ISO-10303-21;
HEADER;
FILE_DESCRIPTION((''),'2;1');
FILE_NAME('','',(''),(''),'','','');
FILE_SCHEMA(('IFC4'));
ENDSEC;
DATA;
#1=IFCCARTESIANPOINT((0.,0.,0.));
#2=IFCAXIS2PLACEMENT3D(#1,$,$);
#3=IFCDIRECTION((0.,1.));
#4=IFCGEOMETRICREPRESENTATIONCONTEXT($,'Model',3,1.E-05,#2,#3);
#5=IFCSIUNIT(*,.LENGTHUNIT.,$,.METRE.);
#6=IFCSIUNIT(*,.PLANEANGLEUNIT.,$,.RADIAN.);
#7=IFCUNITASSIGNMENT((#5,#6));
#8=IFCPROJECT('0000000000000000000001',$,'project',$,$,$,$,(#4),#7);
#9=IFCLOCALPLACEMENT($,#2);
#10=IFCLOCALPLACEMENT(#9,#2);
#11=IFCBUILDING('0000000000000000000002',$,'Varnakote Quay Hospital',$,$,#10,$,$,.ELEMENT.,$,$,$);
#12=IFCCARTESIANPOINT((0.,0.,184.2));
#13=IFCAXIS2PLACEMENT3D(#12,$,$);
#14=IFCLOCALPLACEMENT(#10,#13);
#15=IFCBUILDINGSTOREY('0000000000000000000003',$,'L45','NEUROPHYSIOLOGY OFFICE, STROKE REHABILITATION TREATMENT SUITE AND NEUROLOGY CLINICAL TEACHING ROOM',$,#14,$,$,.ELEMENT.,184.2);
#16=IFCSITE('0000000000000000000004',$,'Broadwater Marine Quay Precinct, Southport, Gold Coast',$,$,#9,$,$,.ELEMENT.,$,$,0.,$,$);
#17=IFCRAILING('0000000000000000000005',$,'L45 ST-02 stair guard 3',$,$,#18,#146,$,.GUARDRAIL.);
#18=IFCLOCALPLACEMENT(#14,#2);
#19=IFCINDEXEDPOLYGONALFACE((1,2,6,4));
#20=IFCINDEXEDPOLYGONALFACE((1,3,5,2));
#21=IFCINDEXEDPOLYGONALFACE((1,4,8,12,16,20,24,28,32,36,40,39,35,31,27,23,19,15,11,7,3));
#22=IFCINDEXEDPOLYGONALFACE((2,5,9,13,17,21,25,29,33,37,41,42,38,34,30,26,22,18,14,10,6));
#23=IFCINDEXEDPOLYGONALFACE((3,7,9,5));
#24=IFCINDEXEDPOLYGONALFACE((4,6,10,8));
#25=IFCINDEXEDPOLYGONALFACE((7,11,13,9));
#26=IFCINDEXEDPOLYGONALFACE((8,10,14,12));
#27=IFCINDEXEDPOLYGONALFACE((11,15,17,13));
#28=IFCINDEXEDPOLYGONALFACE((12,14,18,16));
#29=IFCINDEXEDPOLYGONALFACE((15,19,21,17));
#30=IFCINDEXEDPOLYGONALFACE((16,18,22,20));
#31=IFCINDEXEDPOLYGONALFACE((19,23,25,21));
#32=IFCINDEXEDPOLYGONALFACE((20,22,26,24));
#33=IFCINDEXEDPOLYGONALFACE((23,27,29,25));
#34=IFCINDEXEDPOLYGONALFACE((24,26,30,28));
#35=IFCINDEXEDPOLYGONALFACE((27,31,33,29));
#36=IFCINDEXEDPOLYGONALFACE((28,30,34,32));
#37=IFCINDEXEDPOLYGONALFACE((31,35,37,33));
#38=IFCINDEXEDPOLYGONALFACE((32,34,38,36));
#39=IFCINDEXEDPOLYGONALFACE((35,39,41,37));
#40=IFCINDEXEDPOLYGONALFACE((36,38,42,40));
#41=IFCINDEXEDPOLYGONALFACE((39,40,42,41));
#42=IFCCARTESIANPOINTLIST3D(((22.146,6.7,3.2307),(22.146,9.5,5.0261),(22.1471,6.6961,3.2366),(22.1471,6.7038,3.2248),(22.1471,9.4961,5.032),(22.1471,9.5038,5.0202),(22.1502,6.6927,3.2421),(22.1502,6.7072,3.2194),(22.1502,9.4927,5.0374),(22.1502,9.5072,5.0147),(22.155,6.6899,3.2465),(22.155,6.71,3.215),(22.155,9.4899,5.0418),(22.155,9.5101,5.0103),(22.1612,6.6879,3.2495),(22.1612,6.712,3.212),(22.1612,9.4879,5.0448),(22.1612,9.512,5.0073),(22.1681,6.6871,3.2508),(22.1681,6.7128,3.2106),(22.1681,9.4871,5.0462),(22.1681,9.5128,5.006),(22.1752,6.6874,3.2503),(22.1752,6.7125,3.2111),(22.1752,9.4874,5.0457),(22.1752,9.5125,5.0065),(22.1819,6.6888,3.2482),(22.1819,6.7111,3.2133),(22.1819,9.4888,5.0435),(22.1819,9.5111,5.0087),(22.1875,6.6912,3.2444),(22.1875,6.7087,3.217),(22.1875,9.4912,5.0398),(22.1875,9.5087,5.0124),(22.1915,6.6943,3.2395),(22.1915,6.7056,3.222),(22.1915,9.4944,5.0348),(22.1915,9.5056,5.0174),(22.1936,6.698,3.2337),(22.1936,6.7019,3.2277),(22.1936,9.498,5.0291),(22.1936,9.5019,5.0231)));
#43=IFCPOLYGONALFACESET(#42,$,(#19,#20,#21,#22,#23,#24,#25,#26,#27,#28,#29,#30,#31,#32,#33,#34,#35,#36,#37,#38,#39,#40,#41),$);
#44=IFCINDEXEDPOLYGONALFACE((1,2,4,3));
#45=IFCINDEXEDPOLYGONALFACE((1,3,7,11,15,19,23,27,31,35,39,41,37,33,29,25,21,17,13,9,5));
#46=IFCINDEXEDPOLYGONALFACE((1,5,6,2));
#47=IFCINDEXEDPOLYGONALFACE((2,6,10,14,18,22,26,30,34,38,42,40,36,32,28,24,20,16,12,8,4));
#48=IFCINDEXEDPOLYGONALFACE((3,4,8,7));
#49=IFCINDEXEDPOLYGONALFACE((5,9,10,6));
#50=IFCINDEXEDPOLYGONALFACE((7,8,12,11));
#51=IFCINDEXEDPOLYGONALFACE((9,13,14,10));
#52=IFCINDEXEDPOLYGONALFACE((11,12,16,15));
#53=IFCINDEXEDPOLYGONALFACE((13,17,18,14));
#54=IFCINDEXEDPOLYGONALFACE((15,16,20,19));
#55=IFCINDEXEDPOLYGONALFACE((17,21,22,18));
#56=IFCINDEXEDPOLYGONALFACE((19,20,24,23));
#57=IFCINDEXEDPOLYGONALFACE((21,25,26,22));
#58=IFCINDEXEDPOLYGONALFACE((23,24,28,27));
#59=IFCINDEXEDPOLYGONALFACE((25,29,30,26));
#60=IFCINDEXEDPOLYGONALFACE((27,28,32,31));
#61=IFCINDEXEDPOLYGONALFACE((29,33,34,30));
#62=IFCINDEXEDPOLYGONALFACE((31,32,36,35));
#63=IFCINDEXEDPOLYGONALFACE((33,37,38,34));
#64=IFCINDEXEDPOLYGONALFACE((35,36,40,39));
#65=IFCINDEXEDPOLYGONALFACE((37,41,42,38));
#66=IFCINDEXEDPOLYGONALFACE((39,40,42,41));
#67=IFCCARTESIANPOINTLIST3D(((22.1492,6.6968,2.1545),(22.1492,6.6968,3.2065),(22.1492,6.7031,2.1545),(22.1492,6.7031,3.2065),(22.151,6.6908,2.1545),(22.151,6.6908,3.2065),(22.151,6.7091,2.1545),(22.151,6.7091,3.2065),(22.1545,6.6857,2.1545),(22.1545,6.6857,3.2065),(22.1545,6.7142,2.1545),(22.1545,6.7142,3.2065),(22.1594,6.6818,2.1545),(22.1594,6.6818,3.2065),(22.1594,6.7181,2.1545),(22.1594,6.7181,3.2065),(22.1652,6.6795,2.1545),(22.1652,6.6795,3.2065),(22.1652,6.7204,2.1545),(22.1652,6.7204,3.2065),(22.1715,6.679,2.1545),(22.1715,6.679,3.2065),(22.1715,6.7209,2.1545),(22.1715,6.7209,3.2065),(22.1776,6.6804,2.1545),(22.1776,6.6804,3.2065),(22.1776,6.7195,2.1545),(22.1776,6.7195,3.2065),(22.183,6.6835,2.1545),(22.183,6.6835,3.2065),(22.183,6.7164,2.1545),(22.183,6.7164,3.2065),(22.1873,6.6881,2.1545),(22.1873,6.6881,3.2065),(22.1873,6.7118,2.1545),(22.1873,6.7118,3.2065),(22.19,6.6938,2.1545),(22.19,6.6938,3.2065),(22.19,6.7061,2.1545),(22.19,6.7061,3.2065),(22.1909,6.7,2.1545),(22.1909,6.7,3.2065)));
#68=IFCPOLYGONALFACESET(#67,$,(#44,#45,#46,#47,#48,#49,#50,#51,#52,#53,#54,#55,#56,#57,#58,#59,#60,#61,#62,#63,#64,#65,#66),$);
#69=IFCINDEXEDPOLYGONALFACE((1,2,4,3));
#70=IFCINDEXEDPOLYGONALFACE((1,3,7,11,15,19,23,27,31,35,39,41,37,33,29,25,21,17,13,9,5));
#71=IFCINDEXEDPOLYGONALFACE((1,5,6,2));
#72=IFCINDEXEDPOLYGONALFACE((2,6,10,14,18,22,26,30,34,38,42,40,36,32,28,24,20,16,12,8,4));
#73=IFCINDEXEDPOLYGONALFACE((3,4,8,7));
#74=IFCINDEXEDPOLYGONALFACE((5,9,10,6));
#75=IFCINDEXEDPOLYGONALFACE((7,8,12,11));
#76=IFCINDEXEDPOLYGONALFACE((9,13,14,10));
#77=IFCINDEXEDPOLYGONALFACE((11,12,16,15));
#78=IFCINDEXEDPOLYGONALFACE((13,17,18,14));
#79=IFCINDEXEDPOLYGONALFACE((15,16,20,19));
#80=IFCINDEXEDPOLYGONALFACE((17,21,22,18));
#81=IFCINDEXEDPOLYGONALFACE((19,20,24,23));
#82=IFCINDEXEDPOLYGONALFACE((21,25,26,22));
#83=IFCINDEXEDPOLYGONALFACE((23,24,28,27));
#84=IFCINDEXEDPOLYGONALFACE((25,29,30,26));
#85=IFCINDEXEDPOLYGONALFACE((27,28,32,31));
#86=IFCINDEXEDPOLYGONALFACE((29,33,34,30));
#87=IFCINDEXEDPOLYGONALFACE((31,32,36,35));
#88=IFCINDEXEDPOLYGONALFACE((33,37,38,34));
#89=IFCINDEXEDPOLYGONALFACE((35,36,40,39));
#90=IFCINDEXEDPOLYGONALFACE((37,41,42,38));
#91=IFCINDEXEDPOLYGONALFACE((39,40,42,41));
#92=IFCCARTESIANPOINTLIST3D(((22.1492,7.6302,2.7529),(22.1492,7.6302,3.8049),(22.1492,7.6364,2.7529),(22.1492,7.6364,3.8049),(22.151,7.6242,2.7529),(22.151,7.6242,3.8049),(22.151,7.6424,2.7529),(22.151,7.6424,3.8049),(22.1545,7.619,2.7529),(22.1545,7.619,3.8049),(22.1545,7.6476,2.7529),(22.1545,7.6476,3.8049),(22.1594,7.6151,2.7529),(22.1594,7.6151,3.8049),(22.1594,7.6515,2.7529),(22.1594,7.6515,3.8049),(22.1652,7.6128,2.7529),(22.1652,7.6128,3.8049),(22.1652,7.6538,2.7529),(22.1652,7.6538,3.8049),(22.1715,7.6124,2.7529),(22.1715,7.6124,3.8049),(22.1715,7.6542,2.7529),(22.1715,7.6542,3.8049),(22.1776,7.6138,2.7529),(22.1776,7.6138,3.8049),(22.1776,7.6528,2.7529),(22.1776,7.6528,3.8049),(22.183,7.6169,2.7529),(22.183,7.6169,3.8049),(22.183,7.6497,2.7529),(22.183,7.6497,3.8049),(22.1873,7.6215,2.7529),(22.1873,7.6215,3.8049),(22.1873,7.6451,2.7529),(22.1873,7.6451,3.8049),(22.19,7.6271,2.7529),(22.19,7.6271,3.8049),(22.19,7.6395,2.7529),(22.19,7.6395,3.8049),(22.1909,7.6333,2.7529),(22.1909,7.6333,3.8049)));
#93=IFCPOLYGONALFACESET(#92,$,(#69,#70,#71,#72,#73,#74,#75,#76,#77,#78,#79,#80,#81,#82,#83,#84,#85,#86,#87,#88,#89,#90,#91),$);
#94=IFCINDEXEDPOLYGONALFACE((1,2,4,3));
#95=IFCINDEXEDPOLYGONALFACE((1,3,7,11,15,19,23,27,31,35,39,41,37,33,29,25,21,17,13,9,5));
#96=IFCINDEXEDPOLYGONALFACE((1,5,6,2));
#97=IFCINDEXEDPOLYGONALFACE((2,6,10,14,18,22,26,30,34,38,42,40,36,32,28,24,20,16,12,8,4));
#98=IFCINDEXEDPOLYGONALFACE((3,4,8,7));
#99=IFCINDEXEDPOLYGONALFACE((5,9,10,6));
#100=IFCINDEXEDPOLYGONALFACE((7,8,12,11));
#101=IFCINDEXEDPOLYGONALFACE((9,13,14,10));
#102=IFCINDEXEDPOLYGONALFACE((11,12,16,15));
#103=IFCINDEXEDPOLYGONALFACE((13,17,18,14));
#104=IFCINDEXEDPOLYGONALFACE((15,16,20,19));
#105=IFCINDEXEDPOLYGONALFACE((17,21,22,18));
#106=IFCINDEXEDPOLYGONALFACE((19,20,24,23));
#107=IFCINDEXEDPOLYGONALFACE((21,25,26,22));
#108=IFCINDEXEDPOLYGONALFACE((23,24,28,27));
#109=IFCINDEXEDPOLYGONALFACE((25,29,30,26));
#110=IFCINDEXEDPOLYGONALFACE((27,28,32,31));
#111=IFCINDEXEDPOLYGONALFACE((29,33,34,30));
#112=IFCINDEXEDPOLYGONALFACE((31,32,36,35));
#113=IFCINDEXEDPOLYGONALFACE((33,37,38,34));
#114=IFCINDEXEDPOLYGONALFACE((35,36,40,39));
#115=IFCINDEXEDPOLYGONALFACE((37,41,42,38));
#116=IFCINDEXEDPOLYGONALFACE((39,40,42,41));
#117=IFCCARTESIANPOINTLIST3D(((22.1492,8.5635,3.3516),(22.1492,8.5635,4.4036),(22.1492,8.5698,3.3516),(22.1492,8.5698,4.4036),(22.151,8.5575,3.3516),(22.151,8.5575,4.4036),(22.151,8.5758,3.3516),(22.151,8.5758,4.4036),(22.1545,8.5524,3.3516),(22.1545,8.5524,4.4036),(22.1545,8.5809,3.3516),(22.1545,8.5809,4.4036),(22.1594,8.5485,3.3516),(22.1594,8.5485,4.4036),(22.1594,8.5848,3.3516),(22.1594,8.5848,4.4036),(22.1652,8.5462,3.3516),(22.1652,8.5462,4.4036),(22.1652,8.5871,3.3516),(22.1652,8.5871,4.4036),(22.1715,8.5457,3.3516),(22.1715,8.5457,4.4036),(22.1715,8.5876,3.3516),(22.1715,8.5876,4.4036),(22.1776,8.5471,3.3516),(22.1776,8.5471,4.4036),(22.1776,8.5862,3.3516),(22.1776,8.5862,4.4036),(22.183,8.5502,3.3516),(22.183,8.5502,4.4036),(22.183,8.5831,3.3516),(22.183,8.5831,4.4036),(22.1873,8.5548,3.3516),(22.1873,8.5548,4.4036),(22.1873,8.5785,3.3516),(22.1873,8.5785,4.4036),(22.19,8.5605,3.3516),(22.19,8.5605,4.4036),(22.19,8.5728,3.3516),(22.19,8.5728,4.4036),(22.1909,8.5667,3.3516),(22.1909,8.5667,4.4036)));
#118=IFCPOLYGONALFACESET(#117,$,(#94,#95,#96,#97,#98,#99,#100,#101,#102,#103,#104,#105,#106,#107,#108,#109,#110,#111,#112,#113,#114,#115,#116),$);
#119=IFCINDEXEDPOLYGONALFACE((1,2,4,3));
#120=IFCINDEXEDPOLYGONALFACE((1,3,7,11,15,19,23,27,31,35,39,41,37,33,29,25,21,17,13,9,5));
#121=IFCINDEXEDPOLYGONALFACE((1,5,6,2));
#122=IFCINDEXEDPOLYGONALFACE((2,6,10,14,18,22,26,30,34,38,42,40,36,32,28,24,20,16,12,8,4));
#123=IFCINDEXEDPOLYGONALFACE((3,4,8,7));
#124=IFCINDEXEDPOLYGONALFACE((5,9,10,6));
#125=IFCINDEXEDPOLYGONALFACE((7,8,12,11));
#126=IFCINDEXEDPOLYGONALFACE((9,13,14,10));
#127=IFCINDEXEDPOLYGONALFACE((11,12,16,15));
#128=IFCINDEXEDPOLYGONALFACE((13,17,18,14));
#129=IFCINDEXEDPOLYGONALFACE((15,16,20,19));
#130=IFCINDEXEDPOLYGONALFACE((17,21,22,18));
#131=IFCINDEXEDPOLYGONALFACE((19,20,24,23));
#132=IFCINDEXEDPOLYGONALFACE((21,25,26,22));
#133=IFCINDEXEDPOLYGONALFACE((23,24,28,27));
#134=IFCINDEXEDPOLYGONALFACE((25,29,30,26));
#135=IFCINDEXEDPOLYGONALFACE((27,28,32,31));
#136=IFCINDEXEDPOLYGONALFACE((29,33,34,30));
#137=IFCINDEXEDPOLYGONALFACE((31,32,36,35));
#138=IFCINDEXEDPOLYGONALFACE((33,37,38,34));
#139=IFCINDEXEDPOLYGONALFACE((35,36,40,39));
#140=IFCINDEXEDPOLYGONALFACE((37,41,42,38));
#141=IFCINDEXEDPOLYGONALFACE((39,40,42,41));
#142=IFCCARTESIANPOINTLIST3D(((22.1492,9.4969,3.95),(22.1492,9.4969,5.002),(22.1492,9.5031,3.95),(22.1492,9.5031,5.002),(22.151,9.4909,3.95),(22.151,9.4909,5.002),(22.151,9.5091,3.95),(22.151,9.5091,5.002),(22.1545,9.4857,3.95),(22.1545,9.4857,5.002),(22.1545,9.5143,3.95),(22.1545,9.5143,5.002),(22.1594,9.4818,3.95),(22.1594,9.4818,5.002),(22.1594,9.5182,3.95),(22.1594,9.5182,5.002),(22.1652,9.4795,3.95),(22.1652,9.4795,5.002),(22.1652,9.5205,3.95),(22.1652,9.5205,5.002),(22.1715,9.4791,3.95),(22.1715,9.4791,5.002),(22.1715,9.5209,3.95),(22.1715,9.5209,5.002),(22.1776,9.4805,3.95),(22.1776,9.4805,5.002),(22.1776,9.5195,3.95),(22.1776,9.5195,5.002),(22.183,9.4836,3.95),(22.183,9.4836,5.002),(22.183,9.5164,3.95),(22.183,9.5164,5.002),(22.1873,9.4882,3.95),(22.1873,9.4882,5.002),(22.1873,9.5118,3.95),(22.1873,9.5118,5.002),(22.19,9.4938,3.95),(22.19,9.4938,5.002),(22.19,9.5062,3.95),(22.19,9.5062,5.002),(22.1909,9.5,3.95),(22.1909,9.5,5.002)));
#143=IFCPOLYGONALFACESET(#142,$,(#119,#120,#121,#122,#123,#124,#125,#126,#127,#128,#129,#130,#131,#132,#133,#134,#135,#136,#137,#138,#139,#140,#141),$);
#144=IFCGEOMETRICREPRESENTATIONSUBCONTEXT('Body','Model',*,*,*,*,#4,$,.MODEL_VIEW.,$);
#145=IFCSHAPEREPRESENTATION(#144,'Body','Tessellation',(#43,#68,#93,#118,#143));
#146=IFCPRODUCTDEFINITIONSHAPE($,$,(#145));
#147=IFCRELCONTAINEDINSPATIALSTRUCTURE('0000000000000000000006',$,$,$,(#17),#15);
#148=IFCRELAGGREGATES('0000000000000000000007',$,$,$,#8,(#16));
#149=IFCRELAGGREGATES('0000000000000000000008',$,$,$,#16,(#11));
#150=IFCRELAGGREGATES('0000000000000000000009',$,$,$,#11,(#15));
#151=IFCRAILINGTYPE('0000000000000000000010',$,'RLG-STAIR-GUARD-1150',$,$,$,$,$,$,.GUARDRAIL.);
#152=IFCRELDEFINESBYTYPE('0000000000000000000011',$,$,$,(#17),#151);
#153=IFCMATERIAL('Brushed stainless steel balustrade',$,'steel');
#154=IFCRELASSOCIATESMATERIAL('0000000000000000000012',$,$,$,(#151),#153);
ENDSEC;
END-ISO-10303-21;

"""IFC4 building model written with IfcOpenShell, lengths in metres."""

from ifc_helpers import new_model, si_unit, direction, frame, origin, origin_2d, place, context, subcontext, project, spatial, circle, extrude, material, type_object, element, save


model = new_model("IFC4")

# Units and contexts
model_context = context("Model", 3, precision=1e-05, world=origin(), true_north=direction((0.0, 1.0)))
body_context = subcontext(model_context, "Body", "Model", "MODEL_VIEW")
ifc_project = project(units=[si_unit("LENGTHUNIT", "METRE"), si_unit("PLANEANGLEUNIT", "RADIAN")], contexts=[model_context])

# Site, building, storey
site_placement = place(None, origin())
site = spatial("IfcSite", under=ifc_project, at=site_placement, Name="Broadwater Marine Quay Precinct, Southport, Gold Coast", CompositionType="ELEMENT", RefElevation=0.0)
building_placement = place(site_placement, origin())
building = spatial("IfcBuilding", under=site, at=building_placement, Name="Varnakote Quay Hospital", CompositionType="ELEMENT")
storey_placement = place(building_placement, frame((0.0, 0.0, 184.2)))
storey = spatial("IfcBuildingStorey", under=building, at=storey_placement, Name="L45", Description="NEUROPHYSIOLOGY OFFICE, STROKE REHABILITATION TREATMENT SUITE AND NEUROLOGY CLINICAL TEACHING ROOM", CompositionType="ELEMENT", Elevation=184.2)

# Railing
ifc_material_1 = material(Name="Brushed stainless steel balustrade", Category="steel")
railing_type_1 = type_object("IfcRailingType", Name="RLG-STAIR-GUARD-1150", PredefinedType="GUARDRAIL", material=ifc_material_1)
railing_1_placement = place(storey_placement, frame((22.1699, 6.7, 2.1545)))
element("IfcRailing", 1, at=railing_1_placement, inside=storey, type_object=railing_type_1, Name="L45 ST-02 stair guard 3", PredefinedType="GUARDRAIL", context=body_context, shape_type="SweptSolid", body=[
    extrude(circle(Radius=0.0239, at=origin_2d()), frame((0.0, 0.0, 1.0762), z_axis=(0.0, 0.84181, 0.539774), x_axis=(-1.0, 0.0, 0.0)), (0.0, 0.0, 1.0), 3.3262),
    extrude(circle(Radius=0.021, at=origin_2d()), origin(), (0.0, 0.0, 1.0), 1.052),
    extrude(circle(Radius=0.021, at=origin_2d()), frame((0.0, 0.9333, 0.5984)), (0.0, 0.0, 1.0), 1.052),
    extrude(circle(Radius=0.021, at=origin_2d()), frame((0.0, 1.8667, 1.197)), (0.0, 0.0, 1.0), 1.052),
    extrude(circle(Radius=0.021, at=origin_2d()), frame((0.0, 2.8, 1.7954)), (0.0, 0.0, 1.0), 1.052),
])

save(model, "model.ifc")
